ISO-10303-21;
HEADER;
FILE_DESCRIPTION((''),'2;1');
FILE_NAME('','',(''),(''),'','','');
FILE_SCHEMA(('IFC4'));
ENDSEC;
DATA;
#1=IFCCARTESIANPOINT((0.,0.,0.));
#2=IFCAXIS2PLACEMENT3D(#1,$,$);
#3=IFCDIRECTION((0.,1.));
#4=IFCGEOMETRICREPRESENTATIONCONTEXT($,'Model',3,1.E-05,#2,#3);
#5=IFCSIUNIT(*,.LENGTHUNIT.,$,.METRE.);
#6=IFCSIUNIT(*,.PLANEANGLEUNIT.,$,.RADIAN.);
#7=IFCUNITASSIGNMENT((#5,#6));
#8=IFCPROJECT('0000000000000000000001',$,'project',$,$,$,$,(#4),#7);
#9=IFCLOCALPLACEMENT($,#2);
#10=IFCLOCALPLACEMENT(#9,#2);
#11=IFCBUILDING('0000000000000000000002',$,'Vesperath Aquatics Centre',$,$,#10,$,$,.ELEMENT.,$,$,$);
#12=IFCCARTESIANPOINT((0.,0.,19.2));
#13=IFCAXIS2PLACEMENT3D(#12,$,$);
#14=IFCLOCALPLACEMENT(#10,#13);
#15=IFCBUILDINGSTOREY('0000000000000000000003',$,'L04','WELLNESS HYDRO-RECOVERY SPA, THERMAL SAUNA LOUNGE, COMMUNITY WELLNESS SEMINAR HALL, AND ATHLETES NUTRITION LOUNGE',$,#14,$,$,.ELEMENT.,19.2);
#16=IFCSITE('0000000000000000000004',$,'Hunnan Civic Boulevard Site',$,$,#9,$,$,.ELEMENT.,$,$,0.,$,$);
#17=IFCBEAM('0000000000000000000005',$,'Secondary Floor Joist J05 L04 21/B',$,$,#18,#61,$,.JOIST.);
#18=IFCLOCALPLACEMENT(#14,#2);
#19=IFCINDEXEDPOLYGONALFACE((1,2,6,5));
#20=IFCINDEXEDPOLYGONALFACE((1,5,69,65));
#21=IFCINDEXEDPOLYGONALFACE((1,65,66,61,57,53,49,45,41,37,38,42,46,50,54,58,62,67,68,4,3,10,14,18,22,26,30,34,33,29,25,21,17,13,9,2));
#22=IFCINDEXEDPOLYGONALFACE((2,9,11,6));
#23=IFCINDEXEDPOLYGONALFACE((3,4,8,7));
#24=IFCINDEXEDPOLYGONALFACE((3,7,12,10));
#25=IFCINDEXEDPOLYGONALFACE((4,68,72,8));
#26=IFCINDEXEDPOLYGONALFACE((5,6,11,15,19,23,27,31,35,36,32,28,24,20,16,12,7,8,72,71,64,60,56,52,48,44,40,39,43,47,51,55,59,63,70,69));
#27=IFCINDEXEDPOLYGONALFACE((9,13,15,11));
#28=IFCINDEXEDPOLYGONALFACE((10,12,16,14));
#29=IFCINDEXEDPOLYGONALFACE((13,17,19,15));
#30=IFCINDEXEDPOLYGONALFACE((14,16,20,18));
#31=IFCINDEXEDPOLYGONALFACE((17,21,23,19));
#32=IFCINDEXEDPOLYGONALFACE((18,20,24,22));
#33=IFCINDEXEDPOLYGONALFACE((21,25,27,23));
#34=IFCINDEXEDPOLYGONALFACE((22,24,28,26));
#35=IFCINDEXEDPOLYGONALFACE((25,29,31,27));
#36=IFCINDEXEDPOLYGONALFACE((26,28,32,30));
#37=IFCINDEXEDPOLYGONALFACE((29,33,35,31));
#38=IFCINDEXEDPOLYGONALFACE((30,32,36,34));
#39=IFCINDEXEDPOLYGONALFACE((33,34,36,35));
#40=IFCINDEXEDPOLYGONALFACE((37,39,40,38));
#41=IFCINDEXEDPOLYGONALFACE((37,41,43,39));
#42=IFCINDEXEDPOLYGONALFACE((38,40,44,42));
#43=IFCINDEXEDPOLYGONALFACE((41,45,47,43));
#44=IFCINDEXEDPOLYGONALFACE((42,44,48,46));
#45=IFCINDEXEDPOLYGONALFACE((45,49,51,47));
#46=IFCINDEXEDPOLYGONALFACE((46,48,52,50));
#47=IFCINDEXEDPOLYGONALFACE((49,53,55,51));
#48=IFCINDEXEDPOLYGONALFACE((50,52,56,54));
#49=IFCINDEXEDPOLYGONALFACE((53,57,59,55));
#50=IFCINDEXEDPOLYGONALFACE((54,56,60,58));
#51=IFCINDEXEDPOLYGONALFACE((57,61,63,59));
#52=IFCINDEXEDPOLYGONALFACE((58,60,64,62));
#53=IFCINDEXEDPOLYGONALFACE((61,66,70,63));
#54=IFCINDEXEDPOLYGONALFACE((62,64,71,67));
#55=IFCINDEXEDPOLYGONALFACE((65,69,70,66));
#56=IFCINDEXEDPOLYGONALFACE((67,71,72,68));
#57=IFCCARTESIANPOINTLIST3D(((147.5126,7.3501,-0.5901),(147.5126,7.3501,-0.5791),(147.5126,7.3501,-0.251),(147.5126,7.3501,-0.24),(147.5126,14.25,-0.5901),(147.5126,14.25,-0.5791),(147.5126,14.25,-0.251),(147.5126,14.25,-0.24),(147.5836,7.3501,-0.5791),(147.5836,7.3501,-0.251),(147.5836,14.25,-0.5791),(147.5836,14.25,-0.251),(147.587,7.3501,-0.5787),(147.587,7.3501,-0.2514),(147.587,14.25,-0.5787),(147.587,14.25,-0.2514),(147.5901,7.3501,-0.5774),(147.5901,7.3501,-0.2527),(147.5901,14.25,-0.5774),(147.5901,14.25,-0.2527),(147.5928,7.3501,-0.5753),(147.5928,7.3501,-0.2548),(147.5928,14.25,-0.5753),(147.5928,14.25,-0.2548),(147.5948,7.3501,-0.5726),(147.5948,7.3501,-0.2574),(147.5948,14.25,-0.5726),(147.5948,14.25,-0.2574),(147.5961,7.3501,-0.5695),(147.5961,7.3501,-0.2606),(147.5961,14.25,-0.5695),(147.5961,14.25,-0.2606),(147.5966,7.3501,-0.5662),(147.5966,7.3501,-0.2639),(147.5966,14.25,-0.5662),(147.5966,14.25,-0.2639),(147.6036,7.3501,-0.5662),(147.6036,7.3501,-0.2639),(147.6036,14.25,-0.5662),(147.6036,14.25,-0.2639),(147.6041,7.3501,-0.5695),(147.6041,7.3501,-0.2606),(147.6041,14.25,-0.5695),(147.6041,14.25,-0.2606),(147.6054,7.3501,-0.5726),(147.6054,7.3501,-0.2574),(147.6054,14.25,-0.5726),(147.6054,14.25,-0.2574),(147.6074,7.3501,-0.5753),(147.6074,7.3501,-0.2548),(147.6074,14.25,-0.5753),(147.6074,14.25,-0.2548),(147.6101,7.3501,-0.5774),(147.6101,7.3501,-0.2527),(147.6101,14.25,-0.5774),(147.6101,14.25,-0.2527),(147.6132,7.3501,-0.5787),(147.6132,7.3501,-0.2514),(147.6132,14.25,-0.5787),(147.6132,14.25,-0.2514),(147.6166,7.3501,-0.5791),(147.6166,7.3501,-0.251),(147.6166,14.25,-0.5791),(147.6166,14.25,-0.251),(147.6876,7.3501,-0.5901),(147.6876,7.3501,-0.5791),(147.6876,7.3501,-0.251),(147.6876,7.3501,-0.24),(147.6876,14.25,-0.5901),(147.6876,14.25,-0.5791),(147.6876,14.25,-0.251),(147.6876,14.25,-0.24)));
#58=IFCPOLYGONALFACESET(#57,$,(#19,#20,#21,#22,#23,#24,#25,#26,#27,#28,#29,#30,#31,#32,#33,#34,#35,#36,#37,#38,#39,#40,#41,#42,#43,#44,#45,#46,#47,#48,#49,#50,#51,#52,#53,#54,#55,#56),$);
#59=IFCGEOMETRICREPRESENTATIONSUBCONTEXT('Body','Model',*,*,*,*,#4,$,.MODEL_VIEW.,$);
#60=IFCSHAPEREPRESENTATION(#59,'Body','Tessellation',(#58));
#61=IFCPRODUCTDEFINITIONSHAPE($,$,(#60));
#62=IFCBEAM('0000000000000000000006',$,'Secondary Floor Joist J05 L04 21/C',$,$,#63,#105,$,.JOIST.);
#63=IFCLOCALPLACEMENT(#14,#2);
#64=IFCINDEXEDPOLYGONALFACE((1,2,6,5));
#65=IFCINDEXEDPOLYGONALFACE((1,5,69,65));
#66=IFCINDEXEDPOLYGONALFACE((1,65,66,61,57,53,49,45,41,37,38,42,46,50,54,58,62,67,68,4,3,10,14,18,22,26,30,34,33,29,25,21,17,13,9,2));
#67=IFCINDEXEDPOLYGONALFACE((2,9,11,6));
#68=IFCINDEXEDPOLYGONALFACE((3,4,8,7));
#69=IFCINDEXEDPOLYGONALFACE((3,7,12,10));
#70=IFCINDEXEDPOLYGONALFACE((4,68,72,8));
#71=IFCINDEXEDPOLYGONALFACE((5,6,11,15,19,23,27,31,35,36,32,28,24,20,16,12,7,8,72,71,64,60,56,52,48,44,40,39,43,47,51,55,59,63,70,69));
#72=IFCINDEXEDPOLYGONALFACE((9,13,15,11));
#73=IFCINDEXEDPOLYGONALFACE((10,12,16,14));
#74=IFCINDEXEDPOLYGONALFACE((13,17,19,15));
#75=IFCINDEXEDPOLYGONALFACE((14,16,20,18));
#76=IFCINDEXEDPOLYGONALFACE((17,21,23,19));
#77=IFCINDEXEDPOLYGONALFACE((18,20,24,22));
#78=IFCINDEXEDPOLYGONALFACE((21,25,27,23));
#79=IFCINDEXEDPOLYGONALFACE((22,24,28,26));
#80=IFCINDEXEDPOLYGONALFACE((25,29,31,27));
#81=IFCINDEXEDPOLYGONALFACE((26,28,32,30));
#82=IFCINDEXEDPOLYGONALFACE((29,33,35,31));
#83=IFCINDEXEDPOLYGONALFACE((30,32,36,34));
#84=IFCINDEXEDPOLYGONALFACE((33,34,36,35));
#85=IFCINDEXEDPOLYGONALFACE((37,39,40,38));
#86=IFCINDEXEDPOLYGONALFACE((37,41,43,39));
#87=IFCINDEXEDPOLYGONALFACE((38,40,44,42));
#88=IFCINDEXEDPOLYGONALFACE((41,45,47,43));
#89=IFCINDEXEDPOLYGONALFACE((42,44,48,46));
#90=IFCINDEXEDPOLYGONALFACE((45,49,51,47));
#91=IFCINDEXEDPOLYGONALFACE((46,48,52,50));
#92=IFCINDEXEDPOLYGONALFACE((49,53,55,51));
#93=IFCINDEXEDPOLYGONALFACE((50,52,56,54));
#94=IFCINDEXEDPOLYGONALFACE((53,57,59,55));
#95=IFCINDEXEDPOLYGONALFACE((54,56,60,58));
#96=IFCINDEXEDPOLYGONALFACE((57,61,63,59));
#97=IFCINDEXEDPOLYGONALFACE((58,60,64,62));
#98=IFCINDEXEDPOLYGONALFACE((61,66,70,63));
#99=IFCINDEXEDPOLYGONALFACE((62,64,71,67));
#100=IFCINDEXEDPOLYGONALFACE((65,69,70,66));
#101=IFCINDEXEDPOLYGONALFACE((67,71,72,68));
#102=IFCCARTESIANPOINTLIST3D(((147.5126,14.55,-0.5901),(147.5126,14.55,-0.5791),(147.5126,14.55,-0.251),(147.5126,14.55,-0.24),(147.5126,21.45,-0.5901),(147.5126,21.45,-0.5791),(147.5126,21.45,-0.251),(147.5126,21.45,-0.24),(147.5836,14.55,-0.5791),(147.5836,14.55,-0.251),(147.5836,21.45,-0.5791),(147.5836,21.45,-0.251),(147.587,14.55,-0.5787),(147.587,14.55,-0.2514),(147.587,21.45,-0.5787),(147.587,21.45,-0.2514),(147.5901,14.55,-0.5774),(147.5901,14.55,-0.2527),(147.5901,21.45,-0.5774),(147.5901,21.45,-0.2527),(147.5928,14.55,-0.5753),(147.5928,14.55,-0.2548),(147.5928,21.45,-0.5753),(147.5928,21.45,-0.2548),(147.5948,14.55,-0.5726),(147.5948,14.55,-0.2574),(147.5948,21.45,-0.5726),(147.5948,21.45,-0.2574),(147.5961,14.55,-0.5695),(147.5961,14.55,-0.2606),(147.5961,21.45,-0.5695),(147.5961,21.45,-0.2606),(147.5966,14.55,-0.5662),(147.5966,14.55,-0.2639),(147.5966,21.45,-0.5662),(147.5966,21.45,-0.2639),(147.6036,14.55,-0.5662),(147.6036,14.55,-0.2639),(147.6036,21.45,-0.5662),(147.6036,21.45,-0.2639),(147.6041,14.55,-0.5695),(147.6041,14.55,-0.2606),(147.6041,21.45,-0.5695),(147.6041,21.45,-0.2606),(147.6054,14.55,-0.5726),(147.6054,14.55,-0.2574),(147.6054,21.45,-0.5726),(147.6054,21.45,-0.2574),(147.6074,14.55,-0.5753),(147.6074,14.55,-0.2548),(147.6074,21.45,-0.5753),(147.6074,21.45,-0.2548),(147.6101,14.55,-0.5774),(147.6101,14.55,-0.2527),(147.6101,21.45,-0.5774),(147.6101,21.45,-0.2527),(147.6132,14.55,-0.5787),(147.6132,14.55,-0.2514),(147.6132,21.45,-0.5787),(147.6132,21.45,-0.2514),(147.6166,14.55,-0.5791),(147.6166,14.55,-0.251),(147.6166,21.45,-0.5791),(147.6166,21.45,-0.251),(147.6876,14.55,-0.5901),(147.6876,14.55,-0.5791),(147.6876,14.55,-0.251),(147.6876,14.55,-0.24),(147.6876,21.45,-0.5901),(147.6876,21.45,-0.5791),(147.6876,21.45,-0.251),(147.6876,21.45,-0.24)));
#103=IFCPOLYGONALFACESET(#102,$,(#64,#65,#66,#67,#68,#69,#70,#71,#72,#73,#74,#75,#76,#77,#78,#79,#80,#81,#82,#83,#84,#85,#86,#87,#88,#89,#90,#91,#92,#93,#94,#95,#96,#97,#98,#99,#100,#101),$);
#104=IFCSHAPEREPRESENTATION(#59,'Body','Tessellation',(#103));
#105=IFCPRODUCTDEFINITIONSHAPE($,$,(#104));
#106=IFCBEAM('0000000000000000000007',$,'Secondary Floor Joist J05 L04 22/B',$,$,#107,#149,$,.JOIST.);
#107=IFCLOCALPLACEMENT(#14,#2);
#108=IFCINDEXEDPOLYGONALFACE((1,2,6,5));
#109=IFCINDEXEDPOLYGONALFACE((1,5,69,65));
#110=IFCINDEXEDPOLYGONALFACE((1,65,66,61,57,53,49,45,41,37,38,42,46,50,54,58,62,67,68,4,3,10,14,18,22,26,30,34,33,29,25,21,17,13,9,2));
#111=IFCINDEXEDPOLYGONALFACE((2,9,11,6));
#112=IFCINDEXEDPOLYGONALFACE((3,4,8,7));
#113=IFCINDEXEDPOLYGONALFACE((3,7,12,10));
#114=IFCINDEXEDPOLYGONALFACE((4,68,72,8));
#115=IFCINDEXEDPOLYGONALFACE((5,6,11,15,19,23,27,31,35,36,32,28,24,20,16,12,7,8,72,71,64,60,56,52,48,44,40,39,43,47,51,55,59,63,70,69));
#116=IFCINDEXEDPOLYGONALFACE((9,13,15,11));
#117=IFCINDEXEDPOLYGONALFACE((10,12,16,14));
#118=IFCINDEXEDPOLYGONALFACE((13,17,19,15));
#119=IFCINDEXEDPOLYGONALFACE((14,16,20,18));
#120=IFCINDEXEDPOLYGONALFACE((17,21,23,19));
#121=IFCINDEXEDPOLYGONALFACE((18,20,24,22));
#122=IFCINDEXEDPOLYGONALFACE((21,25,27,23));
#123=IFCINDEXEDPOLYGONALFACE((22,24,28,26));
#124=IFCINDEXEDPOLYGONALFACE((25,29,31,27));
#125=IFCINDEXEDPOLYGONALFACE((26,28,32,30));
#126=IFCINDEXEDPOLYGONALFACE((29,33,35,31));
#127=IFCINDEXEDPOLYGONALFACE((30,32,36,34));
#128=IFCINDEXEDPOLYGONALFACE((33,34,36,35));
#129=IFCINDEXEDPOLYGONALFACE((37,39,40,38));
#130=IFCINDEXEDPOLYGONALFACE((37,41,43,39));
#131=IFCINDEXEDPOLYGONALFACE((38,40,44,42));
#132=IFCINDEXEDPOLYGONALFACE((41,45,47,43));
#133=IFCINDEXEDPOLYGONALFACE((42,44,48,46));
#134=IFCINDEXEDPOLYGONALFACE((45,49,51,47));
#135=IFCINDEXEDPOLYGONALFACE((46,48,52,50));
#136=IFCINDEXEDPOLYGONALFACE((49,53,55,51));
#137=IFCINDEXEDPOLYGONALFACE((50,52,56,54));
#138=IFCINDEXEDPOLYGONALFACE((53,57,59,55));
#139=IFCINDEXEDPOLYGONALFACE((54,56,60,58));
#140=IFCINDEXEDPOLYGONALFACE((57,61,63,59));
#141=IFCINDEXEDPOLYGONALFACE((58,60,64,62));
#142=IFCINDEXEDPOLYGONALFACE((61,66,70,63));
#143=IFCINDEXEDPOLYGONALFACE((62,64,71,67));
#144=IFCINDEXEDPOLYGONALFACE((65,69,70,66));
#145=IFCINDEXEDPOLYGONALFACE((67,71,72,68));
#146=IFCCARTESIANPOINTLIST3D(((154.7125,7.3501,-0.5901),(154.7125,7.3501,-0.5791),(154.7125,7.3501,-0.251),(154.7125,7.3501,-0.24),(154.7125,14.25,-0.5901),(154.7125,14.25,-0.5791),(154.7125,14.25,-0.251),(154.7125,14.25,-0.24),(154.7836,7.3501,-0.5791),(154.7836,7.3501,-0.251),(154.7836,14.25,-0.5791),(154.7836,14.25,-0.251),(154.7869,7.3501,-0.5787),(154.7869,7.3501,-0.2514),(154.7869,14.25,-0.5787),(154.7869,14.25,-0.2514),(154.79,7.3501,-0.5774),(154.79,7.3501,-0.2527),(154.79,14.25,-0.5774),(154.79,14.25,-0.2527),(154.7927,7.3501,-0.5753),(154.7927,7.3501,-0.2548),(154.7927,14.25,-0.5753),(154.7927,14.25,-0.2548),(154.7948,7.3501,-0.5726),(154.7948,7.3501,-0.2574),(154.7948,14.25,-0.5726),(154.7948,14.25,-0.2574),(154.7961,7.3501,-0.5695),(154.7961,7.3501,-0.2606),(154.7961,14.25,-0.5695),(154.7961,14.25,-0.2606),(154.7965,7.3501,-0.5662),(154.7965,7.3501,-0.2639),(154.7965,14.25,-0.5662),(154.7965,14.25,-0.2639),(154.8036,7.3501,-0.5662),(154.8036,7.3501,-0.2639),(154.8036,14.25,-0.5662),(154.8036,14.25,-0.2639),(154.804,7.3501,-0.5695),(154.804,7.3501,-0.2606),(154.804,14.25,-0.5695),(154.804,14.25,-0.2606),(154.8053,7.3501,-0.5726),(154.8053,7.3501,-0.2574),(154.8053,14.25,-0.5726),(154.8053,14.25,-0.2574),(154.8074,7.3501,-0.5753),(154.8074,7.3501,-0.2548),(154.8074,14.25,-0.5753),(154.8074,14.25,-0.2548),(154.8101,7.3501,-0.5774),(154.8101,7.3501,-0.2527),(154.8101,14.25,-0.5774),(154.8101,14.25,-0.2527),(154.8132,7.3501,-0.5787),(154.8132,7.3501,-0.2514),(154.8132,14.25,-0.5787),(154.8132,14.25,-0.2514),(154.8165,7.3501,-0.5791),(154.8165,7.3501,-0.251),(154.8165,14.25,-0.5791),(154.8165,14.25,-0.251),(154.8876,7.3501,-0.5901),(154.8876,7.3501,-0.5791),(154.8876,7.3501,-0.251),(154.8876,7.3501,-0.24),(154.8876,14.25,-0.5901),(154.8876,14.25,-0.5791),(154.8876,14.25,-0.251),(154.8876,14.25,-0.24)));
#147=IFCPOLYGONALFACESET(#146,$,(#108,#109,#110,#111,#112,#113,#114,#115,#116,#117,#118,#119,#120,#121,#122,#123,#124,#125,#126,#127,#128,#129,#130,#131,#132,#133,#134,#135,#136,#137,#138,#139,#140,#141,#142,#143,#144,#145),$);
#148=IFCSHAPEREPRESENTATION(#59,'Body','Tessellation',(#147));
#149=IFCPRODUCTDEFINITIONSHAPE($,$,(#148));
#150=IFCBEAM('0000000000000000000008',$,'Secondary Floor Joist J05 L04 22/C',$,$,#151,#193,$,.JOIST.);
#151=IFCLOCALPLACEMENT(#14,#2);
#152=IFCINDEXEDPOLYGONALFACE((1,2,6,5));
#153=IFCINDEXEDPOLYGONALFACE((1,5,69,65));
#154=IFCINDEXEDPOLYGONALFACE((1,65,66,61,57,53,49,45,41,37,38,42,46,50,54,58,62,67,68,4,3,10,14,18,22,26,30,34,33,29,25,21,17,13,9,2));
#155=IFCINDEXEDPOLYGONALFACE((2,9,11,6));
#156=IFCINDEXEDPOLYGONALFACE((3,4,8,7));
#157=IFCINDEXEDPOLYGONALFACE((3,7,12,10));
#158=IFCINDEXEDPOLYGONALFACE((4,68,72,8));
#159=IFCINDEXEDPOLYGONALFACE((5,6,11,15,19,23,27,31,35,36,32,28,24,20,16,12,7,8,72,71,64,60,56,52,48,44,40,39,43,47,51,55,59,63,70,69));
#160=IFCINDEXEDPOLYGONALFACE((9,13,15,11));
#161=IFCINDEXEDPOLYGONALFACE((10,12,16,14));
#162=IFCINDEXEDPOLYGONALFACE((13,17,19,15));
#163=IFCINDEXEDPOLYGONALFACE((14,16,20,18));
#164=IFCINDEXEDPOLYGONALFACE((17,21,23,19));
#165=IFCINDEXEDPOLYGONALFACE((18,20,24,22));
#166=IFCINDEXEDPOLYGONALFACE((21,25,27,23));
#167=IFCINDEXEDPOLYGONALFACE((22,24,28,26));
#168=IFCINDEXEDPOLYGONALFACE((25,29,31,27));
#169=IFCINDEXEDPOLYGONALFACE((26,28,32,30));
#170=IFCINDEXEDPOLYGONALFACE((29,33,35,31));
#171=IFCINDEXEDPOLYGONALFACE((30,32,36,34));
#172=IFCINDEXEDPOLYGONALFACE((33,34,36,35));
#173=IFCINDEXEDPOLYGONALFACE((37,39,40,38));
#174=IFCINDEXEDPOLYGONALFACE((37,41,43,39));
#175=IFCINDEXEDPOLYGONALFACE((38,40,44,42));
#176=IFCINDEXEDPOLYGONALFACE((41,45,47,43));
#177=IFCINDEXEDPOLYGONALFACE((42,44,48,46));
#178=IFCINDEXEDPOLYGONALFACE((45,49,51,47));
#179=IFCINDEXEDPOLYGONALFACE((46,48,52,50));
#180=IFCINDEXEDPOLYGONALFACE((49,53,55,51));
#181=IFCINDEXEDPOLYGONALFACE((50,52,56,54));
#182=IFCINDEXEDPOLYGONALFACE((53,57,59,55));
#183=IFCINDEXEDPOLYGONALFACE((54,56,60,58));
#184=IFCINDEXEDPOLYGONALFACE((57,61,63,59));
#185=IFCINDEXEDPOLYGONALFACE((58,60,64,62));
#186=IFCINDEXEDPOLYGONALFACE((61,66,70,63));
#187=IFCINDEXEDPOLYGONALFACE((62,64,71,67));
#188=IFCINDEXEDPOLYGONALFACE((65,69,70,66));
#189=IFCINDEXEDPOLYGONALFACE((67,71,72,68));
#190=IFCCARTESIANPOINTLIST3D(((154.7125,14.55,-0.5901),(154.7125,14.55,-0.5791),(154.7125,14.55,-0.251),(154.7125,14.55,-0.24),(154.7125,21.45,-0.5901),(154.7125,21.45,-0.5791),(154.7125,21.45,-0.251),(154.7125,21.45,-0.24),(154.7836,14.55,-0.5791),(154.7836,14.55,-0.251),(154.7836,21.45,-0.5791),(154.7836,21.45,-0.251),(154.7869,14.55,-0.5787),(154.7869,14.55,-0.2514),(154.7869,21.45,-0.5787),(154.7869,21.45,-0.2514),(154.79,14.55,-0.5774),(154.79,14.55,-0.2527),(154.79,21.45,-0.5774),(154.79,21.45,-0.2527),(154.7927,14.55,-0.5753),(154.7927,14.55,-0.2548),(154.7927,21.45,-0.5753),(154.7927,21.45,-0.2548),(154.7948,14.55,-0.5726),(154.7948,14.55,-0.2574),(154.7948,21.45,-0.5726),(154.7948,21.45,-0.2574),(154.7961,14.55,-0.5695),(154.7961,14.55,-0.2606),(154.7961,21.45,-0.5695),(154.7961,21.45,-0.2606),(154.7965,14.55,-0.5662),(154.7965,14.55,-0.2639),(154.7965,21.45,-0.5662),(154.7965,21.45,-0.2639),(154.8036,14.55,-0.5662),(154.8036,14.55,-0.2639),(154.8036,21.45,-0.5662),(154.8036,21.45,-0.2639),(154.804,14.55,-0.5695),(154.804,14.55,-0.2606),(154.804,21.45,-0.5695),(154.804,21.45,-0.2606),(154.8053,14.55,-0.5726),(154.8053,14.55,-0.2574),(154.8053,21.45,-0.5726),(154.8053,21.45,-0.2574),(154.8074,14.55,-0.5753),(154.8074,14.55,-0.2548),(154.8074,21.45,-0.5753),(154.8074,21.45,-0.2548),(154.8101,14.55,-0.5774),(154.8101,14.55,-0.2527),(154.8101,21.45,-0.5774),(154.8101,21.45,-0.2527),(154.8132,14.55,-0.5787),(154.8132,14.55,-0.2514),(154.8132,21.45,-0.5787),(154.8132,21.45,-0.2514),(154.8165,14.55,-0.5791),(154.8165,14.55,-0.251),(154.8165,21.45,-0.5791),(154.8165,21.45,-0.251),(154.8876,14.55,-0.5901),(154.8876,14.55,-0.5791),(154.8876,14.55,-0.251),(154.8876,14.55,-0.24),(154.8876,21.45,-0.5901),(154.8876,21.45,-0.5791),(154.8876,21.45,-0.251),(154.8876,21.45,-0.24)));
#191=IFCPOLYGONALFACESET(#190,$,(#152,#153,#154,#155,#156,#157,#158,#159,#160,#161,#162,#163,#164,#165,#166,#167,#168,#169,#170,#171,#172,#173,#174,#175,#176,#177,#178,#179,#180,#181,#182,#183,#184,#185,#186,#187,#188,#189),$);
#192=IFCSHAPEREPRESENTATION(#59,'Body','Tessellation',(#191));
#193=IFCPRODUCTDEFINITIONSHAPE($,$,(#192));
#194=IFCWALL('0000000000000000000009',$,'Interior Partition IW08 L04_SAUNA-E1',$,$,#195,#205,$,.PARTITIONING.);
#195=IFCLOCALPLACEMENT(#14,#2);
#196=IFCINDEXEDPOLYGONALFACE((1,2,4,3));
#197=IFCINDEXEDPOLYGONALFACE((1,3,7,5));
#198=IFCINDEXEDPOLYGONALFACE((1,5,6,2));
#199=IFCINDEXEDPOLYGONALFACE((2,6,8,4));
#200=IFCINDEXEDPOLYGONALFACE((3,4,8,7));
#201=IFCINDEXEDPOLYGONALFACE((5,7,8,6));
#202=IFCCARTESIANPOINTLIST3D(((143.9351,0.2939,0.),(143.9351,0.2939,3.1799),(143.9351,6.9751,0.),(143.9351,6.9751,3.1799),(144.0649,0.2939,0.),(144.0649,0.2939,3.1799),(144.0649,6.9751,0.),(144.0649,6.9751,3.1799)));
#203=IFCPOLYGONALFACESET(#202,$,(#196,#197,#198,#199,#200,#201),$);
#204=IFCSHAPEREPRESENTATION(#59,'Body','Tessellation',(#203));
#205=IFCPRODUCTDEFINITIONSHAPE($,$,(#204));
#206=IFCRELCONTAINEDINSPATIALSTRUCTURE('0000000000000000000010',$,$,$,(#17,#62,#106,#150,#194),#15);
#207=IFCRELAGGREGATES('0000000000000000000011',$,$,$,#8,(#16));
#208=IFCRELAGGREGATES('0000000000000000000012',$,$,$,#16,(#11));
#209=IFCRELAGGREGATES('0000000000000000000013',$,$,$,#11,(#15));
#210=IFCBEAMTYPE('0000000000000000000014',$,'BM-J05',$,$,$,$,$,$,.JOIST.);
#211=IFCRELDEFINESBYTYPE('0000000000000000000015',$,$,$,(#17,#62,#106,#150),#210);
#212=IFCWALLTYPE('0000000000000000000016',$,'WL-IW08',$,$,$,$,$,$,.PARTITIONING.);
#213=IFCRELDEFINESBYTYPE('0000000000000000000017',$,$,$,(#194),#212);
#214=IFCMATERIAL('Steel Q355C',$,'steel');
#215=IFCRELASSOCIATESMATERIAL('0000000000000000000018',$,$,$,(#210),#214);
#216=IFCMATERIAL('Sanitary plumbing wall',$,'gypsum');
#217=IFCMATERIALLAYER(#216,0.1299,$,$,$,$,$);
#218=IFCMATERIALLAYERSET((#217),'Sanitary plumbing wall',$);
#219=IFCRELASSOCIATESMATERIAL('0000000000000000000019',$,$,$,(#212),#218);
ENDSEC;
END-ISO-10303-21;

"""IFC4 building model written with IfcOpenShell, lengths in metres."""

from ifc_helpers import new_model, si_unit, direction, frame, frame_2d, origin, origin_2d, place, context, subcontext, project, spatial, rectangle, i_section, extrude, material, layer, layer_set, material_profile, profile_set, type_object, element, save


model = new_model("IFC4")

# Units and contexts
model_context = context("Model", 3, precision=1e-05, world=origin(), true_north=direction((0.0, 1.0)))
body_context = subcontext(model_context, "Body", "Model", "MODEL_VIEW")
ifc_project = project(units=[si_unit("LENGTHUNIT", "METRE"), si_unit("PLANEANGLEUNIT", "RADIAN")], contexts=[model_context])

# Site, building, storey
site_placement = place(None, origin())
site = spatial("IfcSite", under=ifc_project, at=site_placement, Name="Hunnan Civic Boulevard Site", CompositionType="ELEMENT", RefElevation=0.0)
building_placement = place(site_placement, origin())
building = spatial("IfcBuilding", under=site, at=building_placement, Name="Vesperath Aquatics Centre", CompositionType="ELEMENT")
storey_placement = place(building_placement, frame((0.0, 0.0, 19.2)))
storey = spatial("IfcBuildingStorey", under=building, at=storey_placement, Name="L04", Description="WELLNESS HYDRO-RECOVERY SPA, THERMAL SAUNA LOUNGE, COMMUNITY WELLNESS SEMINAR HALL, AND ATHLETES NUTRITION LOUNGE", CompositionType="ELEMENT", Elevation=19.2)

# Shared definitions
ifc_material_1 = material(Name="Steel Q355C", Category="steel")

# Beams
ifc_material_profile_1 = material_profile(ifc_material_1, i_section(OverallWidth=0.175, OverallDepth=0.3501, WebThickness=0.0071, FlangeThickness=0.011, FilletRadius=0.0129, at=origin_2d()), Name="HN 350x175x7x11")
ifc_profile_set_1 = profile_set([ifc_material_profile_1], Name="Steel Q355C")
beam_type_1 = type_object("IfcBeamType", Name="BM-J05", PredefinedType="JOIST", material=ifc_profile_set_1)
for number, where, z_axis, x_axis, name in (
    (1, (147.6001, 7.3501, -0.415), (0.0, 1.0, 0.0), (-1.0, 0.0, 0.0), "Secondary Floor Joist J05 L04 21/B"),
    (2, (147.6001, 14.55, -0.415), (0.0, 1.0, 0.0), (-1.0, 0.0, 0.0), "Secondary Floor Joist J05 L04 21/C"),
    (3, (154.8, 7.3501, -0.415), (0.0, 1.0, 0.0), (-1.0, 0.0, 0.0), "Secondary Floor Joist J05 L04 22/B"),
    (4, (154.8, 14.55, -0.415), (0.0, 1.0, 0.0), (-1.0, 0.0, 0.0), "Secondary Floor Joist J05 L04 22/C"),
):
    element("IfcBeam", number, at=place(storey_placement, frame(where, z_axis=z_axis, x_axis=x_axis)), inside=storey, type_object=beam_type_1, Name=name, PredefinedType="JOIST", context=body_context, shape_type="SweptSolid", body=[
        extrude(i_section(OverallWidth=0.175, OverallDepth=0.3501, WebThickness=0.0071, FlangeThickness=0.011, FilletRadius=0.0129, at=origin_2d()), origin(), (0.0, 0.0, 1.0), 6.8999),
    ])

# Wall
ifc_material_2 = material(Name="Sanitary plumbing wall", Category="gypsum")
ifc_layer_1 = layer(ifc_material_2, 0.1299)
ifc_layer_set_1 = layer_set([ifc_layer_1], Name="Sanitary plumbing wall")
wall_type_1 = type_object("IfcWallType", Name="WL-IW08", PredefinedType="PARTITIONING", material=ifc_layer_set_1)
wall_1_placement = place(storey_placement, frame((144.0, 0.2939, 0.0), z_axis=(0.0, 0.0, 1.0), x_axis=(0.0, 1.0, 0.0)))
element("IfcWall", 5, at=wall_1_placement, inside=storey, type_object=wall_type_1, Name="Interior Partition IW08 L04_SAUNA-E1", PredefinedType="PARTITIONING", context=body_context, shape_type="SweptSolid", body=[
    extrude(rectangle(XDim=6.6812, YDim=0.1299, at=frame_2d((3.3406, 0.0))), origin(), (0.0, 0.0, 1.0), 3.1799),
])

save(model, "model.ifc")
